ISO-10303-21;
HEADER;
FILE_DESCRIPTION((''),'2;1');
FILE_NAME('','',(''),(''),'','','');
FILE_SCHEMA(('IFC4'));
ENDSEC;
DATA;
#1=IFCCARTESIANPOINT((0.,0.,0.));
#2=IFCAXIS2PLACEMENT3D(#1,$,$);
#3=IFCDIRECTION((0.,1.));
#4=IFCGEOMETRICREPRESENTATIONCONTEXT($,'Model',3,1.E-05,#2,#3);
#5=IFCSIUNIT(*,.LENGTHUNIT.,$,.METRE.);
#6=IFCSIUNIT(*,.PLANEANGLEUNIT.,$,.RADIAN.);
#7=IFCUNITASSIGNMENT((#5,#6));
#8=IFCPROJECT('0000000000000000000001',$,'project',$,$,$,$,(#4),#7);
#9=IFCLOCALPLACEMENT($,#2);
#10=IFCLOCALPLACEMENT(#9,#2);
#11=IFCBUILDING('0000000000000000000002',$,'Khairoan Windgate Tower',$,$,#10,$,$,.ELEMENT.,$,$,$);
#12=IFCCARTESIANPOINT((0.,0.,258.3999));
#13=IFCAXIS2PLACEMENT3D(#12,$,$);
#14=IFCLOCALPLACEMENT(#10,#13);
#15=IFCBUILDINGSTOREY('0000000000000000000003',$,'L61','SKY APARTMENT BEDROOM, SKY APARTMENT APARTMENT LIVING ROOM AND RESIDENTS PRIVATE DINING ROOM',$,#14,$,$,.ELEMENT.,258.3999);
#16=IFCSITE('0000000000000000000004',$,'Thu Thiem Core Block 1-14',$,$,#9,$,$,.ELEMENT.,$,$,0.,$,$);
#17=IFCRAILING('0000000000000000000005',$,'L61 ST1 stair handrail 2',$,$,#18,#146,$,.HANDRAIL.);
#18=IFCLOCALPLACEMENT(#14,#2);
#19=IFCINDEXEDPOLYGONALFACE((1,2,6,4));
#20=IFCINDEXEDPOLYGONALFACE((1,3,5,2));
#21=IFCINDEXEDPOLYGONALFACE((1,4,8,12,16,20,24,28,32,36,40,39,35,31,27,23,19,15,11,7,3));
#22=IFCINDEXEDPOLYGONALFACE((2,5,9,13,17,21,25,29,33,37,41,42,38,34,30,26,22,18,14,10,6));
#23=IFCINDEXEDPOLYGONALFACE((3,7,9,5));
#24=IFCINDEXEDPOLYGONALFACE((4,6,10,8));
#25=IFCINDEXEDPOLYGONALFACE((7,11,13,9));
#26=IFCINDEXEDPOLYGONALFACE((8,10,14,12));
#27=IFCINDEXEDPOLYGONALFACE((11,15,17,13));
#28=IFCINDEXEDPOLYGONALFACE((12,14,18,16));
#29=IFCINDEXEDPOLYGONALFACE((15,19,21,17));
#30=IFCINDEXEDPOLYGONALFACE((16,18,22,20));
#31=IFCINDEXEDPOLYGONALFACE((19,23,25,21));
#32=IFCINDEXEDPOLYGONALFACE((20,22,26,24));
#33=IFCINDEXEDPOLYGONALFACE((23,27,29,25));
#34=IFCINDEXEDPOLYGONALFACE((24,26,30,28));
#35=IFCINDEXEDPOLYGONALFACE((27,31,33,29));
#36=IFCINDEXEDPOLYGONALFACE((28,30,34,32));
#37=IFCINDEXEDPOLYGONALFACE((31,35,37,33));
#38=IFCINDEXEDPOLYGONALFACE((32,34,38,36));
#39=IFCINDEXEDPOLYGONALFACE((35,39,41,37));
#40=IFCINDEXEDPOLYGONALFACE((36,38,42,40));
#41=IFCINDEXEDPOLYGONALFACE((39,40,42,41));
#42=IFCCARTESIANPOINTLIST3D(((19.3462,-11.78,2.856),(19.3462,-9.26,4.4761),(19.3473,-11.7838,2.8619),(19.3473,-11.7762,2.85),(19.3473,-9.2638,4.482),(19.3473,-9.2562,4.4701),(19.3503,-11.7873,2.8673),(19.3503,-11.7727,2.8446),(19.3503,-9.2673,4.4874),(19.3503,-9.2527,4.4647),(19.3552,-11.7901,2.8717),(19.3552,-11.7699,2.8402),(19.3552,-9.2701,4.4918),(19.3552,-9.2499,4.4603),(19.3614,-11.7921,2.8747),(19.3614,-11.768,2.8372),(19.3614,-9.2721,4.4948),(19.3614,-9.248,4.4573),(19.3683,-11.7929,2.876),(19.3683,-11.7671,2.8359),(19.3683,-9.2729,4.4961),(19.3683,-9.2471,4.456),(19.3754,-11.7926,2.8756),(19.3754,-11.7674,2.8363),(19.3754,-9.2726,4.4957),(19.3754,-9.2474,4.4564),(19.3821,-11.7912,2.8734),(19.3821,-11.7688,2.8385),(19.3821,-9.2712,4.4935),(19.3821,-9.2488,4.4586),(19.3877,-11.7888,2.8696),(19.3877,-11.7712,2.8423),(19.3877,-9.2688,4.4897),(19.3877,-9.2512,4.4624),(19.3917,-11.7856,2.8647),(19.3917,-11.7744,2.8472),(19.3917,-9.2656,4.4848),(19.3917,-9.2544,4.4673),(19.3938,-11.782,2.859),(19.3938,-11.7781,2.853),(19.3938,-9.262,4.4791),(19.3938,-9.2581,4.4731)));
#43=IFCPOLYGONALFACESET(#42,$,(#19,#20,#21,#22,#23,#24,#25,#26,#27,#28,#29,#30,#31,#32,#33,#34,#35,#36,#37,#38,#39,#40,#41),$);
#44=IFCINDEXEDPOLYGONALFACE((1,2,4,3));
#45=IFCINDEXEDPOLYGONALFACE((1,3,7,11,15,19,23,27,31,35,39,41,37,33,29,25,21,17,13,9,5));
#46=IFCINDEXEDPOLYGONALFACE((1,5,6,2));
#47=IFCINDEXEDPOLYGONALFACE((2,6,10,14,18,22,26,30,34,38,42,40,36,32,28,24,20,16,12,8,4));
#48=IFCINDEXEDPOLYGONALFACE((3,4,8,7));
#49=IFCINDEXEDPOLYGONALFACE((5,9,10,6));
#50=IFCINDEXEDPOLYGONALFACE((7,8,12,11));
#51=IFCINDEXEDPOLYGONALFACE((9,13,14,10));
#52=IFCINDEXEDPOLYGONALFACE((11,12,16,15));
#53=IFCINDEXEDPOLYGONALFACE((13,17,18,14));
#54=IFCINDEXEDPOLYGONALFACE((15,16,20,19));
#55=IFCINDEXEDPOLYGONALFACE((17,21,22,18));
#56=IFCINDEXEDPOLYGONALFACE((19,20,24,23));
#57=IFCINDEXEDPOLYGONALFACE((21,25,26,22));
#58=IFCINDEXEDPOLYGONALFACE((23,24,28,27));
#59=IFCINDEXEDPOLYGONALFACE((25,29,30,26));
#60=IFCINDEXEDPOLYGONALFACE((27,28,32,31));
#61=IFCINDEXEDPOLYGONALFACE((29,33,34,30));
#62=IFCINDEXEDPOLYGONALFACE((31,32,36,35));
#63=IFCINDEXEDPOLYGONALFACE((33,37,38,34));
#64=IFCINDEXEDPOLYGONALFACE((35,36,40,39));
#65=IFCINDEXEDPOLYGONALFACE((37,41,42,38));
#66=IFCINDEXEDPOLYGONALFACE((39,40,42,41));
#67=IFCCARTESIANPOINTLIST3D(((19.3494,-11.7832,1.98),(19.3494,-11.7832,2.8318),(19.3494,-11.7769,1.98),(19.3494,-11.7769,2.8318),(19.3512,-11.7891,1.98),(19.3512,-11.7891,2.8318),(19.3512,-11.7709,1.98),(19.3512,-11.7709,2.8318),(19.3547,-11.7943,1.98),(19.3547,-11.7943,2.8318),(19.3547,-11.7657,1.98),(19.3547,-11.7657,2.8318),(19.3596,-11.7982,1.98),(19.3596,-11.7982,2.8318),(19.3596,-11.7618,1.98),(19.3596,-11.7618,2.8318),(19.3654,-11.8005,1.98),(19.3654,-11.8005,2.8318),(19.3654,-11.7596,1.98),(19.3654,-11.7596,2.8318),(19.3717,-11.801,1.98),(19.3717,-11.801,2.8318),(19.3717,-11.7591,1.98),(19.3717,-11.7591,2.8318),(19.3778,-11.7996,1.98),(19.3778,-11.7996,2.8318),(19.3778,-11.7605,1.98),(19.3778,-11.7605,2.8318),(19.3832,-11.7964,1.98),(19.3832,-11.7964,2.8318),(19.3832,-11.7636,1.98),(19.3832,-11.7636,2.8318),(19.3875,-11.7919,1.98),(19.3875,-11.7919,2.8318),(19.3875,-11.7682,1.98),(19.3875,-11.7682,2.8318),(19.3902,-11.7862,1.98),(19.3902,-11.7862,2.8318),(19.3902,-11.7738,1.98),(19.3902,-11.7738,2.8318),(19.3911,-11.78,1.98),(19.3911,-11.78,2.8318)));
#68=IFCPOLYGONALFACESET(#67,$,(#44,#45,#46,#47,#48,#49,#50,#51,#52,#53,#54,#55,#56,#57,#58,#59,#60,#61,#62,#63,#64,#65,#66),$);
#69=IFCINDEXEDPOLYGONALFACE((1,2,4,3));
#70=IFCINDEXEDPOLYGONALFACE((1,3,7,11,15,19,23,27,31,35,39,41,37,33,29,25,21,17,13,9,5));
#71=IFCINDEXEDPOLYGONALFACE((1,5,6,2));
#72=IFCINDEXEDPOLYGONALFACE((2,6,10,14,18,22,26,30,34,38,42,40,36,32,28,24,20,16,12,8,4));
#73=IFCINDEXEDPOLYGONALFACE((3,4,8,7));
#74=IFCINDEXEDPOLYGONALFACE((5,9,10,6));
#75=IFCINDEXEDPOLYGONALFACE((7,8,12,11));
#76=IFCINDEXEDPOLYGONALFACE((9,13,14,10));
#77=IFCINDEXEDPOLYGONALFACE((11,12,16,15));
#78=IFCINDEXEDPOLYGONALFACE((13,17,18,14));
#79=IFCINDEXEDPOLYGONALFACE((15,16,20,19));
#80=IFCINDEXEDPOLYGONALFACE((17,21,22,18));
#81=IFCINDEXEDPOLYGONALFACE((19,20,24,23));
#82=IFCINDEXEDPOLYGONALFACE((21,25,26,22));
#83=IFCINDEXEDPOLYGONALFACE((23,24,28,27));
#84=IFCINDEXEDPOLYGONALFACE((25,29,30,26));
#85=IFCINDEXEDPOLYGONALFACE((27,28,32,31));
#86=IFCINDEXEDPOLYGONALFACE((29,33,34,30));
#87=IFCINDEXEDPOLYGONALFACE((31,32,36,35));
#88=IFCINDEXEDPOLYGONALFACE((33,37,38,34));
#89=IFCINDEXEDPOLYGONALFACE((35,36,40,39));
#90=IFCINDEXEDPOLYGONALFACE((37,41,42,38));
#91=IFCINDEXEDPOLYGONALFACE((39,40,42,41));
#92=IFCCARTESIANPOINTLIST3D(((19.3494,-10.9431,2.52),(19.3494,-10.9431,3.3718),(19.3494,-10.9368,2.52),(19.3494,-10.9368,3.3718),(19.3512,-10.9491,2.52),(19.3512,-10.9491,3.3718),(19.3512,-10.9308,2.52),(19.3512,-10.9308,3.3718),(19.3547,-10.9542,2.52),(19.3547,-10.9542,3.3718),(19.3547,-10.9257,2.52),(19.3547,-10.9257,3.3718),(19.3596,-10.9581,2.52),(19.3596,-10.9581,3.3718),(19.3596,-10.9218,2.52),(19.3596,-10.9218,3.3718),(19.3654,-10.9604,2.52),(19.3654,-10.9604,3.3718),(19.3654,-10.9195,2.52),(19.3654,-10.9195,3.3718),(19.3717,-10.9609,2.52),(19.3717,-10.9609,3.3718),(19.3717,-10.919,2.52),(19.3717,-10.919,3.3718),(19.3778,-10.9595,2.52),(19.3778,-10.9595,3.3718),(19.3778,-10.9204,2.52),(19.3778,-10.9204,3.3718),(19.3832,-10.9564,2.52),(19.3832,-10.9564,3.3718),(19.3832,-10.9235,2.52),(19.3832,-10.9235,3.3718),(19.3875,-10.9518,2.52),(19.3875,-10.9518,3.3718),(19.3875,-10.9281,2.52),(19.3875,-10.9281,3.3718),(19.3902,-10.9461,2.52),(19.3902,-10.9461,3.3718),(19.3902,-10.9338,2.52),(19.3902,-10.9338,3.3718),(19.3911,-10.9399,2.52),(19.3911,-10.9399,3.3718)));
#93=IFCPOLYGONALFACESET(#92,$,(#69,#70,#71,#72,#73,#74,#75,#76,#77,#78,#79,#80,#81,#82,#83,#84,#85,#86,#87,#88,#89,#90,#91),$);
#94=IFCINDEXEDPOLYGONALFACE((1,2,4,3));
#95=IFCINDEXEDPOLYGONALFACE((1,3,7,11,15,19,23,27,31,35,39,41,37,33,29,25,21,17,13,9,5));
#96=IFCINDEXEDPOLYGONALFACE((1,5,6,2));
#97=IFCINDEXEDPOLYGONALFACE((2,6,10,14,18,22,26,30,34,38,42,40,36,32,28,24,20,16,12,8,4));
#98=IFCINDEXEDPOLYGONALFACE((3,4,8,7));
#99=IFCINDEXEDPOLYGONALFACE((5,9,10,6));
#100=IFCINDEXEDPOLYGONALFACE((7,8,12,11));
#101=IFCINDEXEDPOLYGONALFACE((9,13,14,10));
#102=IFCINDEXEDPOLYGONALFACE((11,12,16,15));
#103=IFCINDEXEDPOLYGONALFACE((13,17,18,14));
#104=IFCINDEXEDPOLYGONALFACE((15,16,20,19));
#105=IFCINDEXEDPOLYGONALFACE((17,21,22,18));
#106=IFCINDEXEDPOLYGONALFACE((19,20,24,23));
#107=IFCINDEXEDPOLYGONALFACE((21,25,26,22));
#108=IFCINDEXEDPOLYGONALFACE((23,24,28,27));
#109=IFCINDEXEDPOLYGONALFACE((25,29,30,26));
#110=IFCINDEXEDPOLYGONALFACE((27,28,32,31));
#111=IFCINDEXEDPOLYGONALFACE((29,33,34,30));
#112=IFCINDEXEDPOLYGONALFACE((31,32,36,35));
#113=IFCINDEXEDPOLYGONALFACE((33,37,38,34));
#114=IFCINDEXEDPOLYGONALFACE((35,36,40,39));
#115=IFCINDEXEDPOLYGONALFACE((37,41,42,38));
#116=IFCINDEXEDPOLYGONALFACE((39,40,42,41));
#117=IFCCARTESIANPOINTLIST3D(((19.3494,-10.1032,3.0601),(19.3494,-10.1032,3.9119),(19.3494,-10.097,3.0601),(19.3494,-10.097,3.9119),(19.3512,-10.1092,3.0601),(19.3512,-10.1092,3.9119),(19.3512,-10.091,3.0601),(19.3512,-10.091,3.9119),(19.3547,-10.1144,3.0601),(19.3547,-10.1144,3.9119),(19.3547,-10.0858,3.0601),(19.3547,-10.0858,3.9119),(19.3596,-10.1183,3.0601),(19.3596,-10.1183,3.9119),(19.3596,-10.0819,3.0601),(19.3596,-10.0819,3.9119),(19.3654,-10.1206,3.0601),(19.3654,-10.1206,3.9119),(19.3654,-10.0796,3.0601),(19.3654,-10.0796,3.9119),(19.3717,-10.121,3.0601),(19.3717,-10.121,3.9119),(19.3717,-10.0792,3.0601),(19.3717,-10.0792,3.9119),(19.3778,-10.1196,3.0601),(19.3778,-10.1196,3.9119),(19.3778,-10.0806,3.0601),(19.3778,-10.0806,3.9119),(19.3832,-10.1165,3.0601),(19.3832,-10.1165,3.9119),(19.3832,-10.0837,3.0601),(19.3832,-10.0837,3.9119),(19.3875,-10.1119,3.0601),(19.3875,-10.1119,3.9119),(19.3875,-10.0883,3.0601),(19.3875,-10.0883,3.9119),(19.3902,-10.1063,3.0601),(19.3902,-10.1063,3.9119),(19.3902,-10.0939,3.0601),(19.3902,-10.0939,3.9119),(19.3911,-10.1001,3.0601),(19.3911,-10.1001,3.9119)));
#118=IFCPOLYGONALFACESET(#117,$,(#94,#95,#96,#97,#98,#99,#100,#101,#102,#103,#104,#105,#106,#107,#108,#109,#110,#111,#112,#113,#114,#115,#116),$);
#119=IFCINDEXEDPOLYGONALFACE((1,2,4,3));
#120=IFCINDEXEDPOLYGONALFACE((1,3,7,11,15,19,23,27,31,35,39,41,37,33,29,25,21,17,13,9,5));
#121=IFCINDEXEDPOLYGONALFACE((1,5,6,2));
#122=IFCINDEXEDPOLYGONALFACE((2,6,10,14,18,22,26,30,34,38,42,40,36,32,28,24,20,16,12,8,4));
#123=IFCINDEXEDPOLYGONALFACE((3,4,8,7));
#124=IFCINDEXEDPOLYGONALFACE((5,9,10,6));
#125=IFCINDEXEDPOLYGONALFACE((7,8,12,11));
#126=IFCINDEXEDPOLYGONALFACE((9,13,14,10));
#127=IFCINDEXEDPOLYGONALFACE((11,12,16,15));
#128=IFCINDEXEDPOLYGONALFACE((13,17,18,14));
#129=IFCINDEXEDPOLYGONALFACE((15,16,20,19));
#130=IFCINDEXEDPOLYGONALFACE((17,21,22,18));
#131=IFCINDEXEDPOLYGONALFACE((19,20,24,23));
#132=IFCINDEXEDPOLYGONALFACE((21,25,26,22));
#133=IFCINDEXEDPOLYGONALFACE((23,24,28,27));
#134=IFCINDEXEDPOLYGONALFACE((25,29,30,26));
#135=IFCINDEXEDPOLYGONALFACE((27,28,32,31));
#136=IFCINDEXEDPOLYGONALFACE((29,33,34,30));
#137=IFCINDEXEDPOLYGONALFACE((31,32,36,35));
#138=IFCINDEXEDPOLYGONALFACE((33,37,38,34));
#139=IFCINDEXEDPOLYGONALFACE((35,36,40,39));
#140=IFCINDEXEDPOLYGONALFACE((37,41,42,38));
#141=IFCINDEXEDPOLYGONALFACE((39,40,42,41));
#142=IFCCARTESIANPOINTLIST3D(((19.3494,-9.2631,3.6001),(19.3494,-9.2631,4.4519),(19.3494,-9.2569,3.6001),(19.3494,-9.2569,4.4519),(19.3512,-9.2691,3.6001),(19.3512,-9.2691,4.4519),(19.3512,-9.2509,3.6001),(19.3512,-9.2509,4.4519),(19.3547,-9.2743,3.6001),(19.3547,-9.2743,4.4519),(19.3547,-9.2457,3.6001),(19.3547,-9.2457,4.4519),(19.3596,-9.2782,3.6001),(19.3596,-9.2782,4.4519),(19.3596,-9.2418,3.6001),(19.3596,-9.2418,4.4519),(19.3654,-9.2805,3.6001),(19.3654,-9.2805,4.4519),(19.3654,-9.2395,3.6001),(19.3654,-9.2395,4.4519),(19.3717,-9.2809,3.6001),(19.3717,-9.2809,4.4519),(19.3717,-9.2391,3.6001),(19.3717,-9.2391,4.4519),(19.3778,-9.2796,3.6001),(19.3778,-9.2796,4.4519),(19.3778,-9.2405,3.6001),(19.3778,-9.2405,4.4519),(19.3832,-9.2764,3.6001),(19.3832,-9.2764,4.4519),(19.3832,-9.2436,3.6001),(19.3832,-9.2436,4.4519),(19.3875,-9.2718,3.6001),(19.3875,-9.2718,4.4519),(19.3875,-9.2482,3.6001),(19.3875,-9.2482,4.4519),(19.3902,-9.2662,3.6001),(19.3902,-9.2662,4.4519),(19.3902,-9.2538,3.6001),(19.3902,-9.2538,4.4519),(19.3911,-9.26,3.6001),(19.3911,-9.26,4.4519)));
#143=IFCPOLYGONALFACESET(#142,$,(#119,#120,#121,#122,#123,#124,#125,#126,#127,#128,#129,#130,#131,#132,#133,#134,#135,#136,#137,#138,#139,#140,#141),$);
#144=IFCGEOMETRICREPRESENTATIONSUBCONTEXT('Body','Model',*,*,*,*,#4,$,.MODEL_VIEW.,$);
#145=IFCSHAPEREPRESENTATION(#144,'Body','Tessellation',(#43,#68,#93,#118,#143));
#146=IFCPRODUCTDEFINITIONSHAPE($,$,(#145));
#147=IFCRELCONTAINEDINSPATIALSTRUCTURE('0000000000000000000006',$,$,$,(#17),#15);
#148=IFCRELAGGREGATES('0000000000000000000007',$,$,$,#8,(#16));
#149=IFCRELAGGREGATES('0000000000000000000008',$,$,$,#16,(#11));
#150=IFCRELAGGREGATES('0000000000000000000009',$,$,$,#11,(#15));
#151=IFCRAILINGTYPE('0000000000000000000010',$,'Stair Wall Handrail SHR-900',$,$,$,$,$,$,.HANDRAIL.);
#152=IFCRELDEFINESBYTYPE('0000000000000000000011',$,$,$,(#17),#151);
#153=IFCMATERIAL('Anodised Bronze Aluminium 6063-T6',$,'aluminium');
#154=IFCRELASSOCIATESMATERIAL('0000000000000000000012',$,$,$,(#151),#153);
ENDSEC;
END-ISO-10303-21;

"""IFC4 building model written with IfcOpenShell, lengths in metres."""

from ifc_helpers import new_model, si_unit, direction, frame, origin, origin_2d, place, context, subcontext, project, spatial, circle, extrude, material, type_object, element, save


model = new_model("IFC4")

# Units and contexts
model_context = context("Model", 3, precision=1e-05, world=origin(), true_north=direction((0.0, 1.0)))
body_context = subcontext(model_context, "Body", "Model", "MODEL_VIEW")
ifc_project = project(units=[si_unit("LENGTHUNIT", "METRE"), si_unit("PLANEANGLEUNIT", "RADIAN")], contexts=[model_context])

# Site, building, storey
site_placement = place(None, origin())
site = spatial("IfcSite", under=ifc_project, at=site_placement, Name="Thu Thiem Core Block 1-14", CompositionType="ELEMENT", RefElevation=0.0)
building_placement = place(site_placement, origin())
building = spatial("IfcBuilding", under=site, at=building_placement, Name="Khairoan Windgate Tower", CompositionType="ELEMENT")
storey_placement = place(building_placement, frame((0.0, 0.0, 258.3999)))
storey = spatial("IfcBuildingStorey", under=building, at=storey_placement, Name="L61", Description="SKY APARTMENT BEDROOM, SKY APARTMENT APARTMENT LIVING ROOM AND RESIDENTS PRIVATE DINING ROOM", CompositionType="ELEMENT", Elevation=258.3999)

# Railing
ifc_material_1 = material(Name="Anodised Bronze Aluminium 6063-T6", Category="aluminium")
railing_type_1 = type_object("IfcRailingType", Name="Stair Wall Handrail SHR-900", PredefinedType="HANDRAIL", material=ifc_material_1)
railing_1_placement = place(storey_placement, frame((19.3701, -11.78, 1.98)))
element("IfcRailing", 1, at=railing_1_placement, inside=storey, type_object=railing_type_1, Name="L61 ST1 stair handrail 2", PredefinedType="HANDRAIL", context=body_context, shape_type="SweptSolid", body=[
    extrude(circle(Radius=0.0239, at=origin_2d()), frame((0.0, 0.0, 0.876), z_axis=(0.0, 0.841163, 0.540782), x_axis=(-1.0, 0.0, 0.0)), (0.0, 0.0, 1.0), 2.9958),
    extrude(circle(Radius=0.021, at=origin_2d()), origin(), (0.0, 0.0, 1.0), 0.8518),
    extrude(circle(Radius=0.021, at=origin_2d()), frame((0.0, 0.8401, 0.54)), (0.0, 0.0, 1.0), 0.8518),
    extrude(circle(Radius=0.021, at=origin_2d()), frame((0.0, 1.6799, 1.0801)), (0.0, 0.0, 1.0), 0.8518),
    extrude(circle(Radius=0.021, at=origin_2d()), frame((0.0, 2.52, 1.6201)), (0.0, 0.0, 1.0), 0.8518),
])

save(model, "model.ifc")
